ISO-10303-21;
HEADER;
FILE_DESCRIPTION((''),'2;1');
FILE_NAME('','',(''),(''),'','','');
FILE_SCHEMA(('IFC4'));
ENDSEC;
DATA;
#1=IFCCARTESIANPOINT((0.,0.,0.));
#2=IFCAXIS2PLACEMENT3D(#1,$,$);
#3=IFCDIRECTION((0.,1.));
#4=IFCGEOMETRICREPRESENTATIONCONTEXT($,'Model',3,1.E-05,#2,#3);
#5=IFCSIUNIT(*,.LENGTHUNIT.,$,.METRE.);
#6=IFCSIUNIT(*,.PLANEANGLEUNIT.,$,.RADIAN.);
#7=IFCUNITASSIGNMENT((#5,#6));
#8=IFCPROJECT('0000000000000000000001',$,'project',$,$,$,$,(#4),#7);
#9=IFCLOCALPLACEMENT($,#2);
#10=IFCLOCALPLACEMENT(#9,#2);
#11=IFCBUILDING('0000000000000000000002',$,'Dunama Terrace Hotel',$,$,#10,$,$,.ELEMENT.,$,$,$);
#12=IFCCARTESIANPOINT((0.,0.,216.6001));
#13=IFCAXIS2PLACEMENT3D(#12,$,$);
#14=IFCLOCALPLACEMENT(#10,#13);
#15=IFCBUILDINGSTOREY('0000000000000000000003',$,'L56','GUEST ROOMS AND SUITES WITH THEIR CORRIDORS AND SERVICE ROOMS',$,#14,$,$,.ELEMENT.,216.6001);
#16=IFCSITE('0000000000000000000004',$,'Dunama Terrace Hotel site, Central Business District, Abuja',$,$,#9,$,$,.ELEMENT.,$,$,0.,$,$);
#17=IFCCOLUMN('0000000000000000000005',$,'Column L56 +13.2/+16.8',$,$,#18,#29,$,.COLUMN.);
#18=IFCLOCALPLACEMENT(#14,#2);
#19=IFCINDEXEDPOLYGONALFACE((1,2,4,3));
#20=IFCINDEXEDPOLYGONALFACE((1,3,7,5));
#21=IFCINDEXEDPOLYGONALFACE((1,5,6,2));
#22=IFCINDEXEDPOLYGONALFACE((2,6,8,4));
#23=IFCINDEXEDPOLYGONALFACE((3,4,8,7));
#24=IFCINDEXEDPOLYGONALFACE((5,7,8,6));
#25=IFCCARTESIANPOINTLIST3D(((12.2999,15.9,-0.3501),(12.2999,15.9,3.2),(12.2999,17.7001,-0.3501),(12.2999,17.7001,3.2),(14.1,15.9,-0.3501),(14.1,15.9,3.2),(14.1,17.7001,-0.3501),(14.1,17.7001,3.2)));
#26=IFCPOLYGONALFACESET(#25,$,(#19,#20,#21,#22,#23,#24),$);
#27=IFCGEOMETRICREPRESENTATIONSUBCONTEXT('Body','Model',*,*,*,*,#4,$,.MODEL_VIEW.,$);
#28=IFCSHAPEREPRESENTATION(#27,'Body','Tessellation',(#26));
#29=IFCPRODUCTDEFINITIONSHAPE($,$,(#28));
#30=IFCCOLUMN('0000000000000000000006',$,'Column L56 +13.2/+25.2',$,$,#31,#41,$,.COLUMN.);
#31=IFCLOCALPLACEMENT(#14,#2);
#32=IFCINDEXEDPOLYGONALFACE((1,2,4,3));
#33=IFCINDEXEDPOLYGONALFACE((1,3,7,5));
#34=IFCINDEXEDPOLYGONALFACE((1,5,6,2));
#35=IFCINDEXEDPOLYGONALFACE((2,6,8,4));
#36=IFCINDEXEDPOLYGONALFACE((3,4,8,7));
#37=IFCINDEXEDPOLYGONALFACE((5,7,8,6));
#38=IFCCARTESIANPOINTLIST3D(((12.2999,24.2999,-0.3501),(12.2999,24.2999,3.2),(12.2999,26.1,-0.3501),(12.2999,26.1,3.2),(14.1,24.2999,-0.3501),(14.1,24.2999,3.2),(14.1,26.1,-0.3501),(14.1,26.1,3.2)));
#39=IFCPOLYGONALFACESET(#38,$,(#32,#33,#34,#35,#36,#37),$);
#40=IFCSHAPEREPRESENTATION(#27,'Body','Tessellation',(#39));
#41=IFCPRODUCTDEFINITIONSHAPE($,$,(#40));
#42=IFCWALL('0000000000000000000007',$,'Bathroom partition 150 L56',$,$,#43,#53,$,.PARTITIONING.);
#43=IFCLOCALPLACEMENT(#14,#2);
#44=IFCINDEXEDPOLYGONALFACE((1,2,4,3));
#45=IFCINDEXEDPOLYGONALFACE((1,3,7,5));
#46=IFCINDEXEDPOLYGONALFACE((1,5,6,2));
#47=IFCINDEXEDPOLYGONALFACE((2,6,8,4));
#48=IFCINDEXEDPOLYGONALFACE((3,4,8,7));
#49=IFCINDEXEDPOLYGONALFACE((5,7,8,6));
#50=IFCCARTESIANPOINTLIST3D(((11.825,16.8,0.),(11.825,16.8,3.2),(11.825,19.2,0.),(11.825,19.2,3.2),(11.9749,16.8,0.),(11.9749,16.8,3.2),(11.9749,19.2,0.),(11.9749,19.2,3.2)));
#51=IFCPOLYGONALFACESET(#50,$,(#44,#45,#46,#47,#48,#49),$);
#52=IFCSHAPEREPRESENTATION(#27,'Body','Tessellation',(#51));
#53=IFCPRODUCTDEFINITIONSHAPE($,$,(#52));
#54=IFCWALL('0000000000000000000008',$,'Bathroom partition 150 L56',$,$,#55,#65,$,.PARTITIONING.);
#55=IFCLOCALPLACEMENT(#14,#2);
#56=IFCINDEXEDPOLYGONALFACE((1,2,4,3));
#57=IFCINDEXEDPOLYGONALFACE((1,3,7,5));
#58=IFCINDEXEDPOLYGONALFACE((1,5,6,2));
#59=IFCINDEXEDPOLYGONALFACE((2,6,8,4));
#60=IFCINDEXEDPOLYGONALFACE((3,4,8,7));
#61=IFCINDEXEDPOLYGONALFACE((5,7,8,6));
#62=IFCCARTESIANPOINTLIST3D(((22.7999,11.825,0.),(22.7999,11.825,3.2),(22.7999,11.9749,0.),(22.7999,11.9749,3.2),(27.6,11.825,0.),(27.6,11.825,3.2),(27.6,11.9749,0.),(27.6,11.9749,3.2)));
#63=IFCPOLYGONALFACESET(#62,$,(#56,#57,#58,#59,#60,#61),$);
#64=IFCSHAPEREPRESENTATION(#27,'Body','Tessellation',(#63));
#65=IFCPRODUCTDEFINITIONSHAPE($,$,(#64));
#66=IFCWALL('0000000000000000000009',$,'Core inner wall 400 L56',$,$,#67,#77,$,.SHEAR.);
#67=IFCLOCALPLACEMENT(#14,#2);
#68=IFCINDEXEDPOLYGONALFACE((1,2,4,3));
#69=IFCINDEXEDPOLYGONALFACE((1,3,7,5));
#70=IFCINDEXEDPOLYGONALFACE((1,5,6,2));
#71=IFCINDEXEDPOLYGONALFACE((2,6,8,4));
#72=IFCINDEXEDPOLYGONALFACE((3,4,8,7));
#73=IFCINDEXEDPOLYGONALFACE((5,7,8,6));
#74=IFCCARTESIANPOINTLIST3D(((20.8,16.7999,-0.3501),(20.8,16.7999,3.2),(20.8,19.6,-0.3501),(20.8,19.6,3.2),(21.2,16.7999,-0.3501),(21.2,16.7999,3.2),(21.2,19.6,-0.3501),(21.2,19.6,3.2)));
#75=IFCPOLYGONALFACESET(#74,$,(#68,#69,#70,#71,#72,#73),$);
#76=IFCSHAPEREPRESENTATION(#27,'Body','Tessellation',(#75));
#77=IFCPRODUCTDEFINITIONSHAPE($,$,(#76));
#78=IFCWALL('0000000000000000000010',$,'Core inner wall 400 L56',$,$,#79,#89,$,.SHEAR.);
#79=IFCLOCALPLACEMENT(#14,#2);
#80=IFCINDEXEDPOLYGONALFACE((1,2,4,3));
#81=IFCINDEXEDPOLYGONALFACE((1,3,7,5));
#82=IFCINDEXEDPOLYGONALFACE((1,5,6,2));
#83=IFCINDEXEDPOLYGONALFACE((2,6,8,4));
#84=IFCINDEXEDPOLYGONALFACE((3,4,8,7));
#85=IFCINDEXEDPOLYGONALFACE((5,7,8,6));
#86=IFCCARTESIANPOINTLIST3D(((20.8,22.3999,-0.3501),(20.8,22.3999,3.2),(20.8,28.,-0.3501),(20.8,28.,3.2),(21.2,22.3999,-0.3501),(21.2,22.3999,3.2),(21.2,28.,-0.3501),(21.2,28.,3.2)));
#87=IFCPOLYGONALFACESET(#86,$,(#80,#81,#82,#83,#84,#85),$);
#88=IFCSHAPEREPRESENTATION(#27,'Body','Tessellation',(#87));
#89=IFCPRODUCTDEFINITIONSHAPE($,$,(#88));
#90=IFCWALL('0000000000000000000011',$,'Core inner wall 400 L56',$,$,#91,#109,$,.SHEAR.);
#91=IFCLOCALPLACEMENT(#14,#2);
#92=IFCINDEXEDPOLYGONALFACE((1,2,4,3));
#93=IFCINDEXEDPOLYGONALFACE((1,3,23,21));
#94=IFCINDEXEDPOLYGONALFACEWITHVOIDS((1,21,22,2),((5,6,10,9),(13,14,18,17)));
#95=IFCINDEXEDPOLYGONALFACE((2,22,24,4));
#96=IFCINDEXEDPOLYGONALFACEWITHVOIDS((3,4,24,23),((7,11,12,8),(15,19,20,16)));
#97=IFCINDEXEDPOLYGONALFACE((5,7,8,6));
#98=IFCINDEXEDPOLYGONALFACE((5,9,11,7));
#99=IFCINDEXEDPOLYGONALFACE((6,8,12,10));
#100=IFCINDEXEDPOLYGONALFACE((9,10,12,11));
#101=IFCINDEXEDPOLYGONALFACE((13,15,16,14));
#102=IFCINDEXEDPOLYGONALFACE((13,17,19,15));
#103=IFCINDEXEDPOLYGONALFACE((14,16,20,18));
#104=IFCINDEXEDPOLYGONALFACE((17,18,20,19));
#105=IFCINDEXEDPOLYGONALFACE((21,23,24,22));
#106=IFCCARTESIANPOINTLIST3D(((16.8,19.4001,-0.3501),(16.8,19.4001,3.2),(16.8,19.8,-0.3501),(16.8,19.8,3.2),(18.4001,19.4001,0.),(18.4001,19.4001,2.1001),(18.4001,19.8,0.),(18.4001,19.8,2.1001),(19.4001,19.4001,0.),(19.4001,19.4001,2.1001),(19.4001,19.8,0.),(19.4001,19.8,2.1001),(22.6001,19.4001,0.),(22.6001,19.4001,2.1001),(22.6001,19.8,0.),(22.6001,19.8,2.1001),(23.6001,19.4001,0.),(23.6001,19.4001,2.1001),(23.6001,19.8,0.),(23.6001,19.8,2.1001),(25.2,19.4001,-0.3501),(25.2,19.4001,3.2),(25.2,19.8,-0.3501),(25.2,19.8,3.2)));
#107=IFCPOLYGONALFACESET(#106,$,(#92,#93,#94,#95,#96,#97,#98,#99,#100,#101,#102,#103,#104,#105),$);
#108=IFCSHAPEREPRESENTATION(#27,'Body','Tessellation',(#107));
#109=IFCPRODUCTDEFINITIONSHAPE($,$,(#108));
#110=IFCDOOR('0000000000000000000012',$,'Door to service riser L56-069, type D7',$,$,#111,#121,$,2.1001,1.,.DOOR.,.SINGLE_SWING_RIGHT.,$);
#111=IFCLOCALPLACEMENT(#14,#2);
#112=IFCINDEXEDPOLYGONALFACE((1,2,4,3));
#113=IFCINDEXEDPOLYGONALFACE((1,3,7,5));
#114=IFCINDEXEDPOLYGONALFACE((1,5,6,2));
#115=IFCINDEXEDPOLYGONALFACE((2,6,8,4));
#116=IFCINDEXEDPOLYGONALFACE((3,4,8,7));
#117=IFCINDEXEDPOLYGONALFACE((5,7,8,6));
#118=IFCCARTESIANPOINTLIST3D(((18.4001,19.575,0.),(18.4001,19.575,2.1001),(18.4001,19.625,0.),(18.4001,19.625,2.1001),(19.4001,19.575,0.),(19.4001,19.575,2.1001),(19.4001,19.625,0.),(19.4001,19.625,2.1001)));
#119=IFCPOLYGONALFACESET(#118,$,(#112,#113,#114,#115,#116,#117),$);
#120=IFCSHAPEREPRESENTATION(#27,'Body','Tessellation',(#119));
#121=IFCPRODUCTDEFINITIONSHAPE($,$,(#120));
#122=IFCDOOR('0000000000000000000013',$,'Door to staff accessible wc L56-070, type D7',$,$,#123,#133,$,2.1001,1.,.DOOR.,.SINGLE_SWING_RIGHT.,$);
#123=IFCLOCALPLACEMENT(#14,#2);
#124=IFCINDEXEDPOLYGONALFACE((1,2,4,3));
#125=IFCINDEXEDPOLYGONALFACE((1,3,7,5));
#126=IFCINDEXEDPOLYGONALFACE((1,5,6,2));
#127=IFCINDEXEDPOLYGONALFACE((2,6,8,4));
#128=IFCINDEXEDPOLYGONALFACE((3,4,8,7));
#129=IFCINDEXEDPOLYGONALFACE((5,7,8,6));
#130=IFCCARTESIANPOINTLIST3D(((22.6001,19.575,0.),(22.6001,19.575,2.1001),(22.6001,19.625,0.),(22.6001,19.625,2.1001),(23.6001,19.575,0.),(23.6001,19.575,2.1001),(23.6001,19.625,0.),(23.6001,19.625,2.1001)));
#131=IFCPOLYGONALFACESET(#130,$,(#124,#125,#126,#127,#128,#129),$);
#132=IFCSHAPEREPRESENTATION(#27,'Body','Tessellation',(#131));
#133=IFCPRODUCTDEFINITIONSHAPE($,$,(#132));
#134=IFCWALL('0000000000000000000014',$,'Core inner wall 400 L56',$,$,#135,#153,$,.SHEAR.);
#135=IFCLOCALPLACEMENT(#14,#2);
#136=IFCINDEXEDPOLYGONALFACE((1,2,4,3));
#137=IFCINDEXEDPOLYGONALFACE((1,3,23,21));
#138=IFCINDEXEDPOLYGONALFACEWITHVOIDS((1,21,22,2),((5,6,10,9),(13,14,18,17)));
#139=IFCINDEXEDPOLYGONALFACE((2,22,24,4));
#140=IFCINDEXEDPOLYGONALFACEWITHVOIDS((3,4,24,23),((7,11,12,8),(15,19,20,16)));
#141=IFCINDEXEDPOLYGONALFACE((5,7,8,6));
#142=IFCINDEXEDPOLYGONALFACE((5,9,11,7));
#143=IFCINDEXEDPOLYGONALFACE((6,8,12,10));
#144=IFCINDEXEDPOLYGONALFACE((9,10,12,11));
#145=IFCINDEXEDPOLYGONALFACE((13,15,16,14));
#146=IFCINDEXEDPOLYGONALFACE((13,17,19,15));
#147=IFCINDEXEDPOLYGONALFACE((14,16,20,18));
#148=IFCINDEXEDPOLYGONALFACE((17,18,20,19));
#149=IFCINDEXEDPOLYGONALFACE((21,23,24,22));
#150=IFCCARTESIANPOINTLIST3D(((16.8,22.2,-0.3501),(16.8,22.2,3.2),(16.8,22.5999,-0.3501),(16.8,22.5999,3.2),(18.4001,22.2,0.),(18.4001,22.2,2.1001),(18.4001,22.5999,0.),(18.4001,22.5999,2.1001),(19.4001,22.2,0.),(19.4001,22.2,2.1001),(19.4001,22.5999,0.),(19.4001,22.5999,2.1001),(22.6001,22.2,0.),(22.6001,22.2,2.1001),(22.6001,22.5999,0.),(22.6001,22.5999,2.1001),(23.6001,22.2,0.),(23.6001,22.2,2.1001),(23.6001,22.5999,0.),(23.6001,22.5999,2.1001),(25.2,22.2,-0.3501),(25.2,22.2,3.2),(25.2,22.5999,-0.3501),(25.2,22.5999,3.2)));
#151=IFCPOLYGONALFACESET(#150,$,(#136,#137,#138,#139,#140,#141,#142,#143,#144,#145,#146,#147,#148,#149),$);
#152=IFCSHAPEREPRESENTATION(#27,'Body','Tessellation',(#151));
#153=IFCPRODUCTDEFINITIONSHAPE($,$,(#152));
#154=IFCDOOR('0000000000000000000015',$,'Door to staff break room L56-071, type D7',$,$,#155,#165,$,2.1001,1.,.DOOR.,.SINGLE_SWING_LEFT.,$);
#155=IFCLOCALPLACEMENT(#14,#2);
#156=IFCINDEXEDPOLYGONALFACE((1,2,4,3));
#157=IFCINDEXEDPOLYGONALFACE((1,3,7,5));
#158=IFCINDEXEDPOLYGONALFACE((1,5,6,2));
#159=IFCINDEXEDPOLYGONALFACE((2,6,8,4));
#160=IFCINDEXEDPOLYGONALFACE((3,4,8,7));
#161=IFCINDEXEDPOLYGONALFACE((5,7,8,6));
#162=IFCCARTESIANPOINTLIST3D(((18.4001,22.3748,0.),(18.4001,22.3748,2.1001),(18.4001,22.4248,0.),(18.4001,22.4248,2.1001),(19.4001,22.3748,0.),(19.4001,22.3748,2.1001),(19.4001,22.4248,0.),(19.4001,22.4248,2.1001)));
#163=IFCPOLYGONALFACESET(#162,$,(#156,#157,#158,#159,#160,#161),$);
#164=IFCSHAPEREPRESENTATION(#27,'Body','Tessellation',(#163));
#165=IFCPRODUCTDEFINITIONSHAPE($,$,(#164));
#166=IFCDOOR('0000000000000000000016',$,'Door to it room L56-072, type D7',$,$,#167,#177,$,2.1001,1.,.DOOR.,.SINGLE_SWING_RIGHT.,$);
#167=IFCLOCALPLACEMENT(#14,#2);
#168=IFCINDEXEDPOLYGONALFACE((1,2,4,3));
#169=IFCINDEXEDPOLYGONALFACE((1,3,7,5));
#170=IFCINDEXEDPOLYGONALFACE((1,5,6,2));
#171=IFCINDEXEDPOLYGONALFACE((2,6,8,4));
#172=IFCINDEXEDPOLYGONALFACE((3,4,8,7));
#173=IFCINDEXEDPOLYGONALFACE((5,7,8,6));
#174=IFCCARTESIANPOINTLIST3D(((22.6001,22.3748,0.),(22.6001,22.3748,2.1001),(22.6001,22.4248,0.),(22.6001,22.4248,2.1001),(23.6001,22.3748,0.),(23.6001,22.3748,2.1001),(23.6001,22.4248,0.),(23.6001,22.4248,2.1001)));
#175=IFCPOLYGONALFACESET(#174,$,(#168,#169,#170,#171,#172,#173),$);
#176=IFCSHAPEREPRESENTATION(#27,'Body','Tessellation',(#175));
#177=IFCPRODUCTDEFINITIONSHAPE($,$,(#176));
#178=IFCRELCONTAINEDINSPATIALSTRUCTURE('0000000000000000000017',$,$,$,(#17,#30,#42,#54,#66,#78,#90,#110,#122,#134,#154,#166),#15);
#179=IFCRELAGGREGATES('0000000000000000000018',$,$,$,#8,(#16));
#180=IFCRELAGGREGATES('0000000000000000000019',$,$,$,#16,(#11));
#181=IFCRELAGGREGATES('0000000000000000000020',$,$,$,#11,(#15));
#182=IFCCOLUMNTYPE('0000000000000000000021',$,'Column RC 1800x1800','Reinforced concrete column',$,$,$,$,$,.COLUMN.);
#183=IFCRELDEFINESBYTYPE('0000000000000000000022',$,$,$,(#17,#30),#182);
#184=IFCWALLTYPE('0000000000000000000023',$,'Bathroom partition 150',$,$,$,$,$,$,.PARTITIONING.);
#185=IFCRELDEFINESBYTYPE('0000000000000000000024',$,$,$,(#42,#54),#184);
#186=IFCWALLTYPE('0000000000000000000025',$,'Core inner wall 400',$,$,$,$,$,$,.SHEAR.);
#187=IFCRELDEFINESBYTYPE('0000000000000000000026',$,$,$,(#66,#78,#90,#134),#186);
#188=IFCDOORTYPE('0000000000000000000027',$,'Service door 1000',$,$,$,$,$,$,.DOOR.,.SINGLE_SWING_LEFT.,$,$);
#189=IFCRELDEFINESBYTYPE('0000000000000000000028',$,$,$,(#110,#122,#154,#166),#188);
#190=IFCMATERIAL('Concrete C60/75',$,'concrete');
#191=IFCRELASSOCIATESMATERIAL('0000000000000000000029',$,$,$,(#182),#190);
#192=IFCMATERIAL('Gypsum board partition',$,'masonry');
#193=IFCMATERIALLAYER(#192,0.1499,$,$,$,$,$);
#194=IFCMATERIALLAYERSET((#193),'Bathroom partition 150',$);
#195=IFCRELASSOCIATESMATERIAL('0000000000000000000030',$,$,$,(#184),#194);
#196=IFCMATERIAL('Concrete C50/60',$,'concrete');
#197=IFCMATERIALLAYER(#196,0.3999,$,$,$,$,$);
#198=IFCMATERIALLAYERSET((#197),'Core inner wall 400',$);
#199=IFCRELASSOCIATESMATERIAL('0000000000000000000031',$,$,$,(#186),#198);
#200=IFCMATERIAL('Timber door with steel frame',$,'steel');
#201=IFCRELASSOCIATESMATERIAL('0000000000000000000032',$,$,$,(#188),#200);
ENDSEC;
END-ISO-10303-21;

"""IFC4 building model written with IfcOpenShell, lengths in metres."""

from ifc_helpers import new_model, si_unit, direction, frame, frame_2d, origin, origin_2d, place, context, subcontext, project, spatial, rectangle, extrude, material, layer, layer_set, material_profile, profile_set, type_object, element, fill, save


model = new_model("IFC4")

# Units and contexts
model_context = context("Model", 3, precision=1e-05, world=origin(), true_north=direction((0.0, 1.0)))
body_context = subcontext(model_context, "Body", "Model", "MODEL_VIEW")
ifc_project = project(units=[si_unit("LENGTHUNIT", "METRE"), si_unit("PLANEANGLEUNIT", "RADIAN")], contexts=[model_context])

# Site, building, storey
site_placement = place(None, origin())
site = spatial("IfcSite", under=ifc_project, at=site_placement, Name="Dunama Terrace Hotel site, Central Business District, Abuja", CompositionType="ELEMENT", RefElevation=0.0)
building_placement = place(site_placement, origin())
building = spatial("IfcBuilding", under=site, at=building_placement, Name="Dunama Terrace Hotel", CompositionType="ELEMENT")
storey_placement = place(building_placement, frame((0.0, 0.0, 216.6001)))
storey = spatial("IfcBuildingStorey", under=building, at=storey_placement, Name="L56", Description="GUEST ROOMS AND SUITES WITH THEIR CORRIDORS AND SERVICE ROOMS", CompositionType="ELEMENT", Elevation=216.6001)

# Columns
ifc_material_1 = material(Name="Concrete C60/75", Category="concrete")
ifc_material_profile = material_profile(ifc_material_1, rectangle(XDim=1.8, YDim=1.8, at=origin_2d()), Name="RC 1800x1800")
ifc_profile_set = profile_set([ifc_material_profile], Name="Concrete C60/75")
column_type = type_object("IfcColumnType", Name="Column RC 1800x1800", Description="Reinforced concrete column", PredefinedType="COLUMN", material=ifc_profile_set)
for number, where, z_axis, x_axis, name in (
    (1, (13.2, 16.8, -0.3501), (0.0, 0.0, 1.0), (1.0, 0.0, 0.0), "Column L56 +13.2/+16.8"),
    (2, (13.2, 25.2, -0.3501), (0.0, 0.0, 1.0), (1.0, 0.0, 0.0), "Column L56 +13.2/+25.2"),
):
    element("IfcColumn", number, at=place(storey_placement, frame(where, z_axis=z_axis, x_axis=x_axis)), inside=storey, type_object=column_type, Name=name, PredefinedType="COLUMN", context=body_context, shape_type="SweptSolid", body=[
        extrude(rectangle(XDim=1.8, YDim=1.8, at=origin_2d()), origin(), (0.0, 0.0, 1.0), 3.55),
    ])

# Walls
ifc_material_2 = material(Name="Gypsum board partition", Category="masonry")
ifc_layer_1 = layer(ifc_material_2, 0.1499)
ifc_layer_set_1 = layer_set([ifc_layer_1], Name="Bathroom partition 150")
wall_type_1 = type_object("IfcWallType", Name="Bathroom partition 150", PredefinedType="PARTITIONING", material=ifc_layer_set_1)
wall_1_placement = place(storey_placement, frame((11.8999, 16.8, 0.0), z_axis=(0.0, 0.0, 1.0), x_axis=(0.0, 1.0, 0.0)))
element("IfcWall", 3, at=wall_1_placement, inside=storey, type_object=wall_type_1, Name="Bathroom partition 150 L56", PredefinedType="PARTITIONING", context=body_context, shape_type="SweptSolid", body=[
    extrude(rectangle(XDim=2.3999, YDim=0.1499, at=frame_2d((1.2, 0.0))), origin(), (0.0, 0.0, 1.0), 3.2),
])
wall_2_placement = place(storey_placement, frame((22.8, 11.8999, 0.0), z_axis=(0.0, 0.0, 1.0), x_axis=(1.0, 0.0, 0.0)))
element("IfcWall", 4, at=wall_2_placement, inside=storey, type_object=wall_type_1, Name="Bathroom partition 150 L56", PredefinedType="PARTITIONING", context=body_context, shape_type="SweptSolid", body=[
    extrude(rectangle(XDim=4.8, YDim=0.1499, at=frame_2d((2.3999, 0.0))), origin(), (0.0, 0.0, 1.0), 3.2),
])
ifc_material_3 = material(Name="Concrete C50/60", Category="concrete")
ifc_layer_2 = layer(ifc_material_3, 0.3999)
ifc_layer_set_2 = layer_set([ifc_layer_2], Name="Core inner wall 400")
wall_type_2 = type_object("IfcWallType", Name="Core inner wall 400", PredefinedType="SHEAR", material=ifc_layer_set_2)
wall_3_placement = place(storey_placement, frame((21.0, 16.8, -0.3501), z_axis=(0.0, 0.0, 1.0), x_axis=(0.0, 1.0, 0.0)))
element("IfcWall", 5, at=wall_3_placement, inside=storey, type_object=wall_type_2, Name="Core inner wall 400 L56", PredefinedType="SHEAR", context=body_context, shape_type="SweptSolid", body=[
    extrude(rectangle(XDim=2.8, YDim=0.3999, at=frame_2d((1.3999, 0.0))), origin(), (0.0, 0.0, 1.0), 3.55),
])
wall_4_placement = place(storey_placement, frame((21.0, 22.3999, -0.3501), z_axis=(0.0, 0.0, 1.0), x_axis=(0.0, 1.0, 0.0)))
element("IfcWall", 6, at=wall_4_placement, inside=storey, type_object=wall_type_2, Name="Core inner wall 400 L56", PredefinedType="SHEAR", context=body_context, shape_type="SweptSolid", body=[
    extrude(rectangle(XDim=5.6001, YDim=0.3999, at=frame_2d((2.8, 0.0))), origin(), (0.0, 0.0, 1.0), 3.55),
])

# Walls, openings, doors
wall_5_placement = place(storey_placement, frame((16.8, 19.6001, -0.3501), z_axis=(0.0, 0.0, 1.0), x_axis=(1.0, 0.0, 0.0)))
wall_5 = element("IfcWall", 7, at=wall_5_placement, inside=storey, type_object=wall_type_2, Name="Core inner wall 400 L56", PredefinedType="SHEAR", context=body_context, shape_type="SweptSolid", body=[
    extrude(rectangle(XDim=8.3999, YDim=0.3999, at=frame_2d((4.2, 0.0))), origin(), (0.0, 0.0, 1.0), 3.55),
])
opening_1_placement = place(wall_5_placement, frame((1.6001, 0.0, 0.3501)))
opening_1 = element("IfcOpeningElement", 8, at=opening_1_placement, cuts=wall_5, PredefinedType="OPENING", context=body_context, shape_type="SweptSolid", body=[
    extrude(rectangle(XDim=1.0, YDim=2.1001, at=frame_2d((0.5, 1.05))), frame((0.0, 0.21, 0.0), z_axis=(0.0, -1.0, 0.0), x_axis=(1.0, 0.0, 0.0)), (0.0, 0.0, 1.0), 0.4199),
])
opening_2_placement = place(wall_5_placement, frame((5.8, 0.0, 0.3501)))
opening_2 = element("IfcOpeningElement", 9, at=opening_2_placement, cuts=wall_5, PredefinedType="OPENING", context=body_context, shape_type="SweptSolid", body=[
    extrude(rectangle(XDim=1.0, YDim=2.1001, at=frame_2d((0.5, 1.05))), frame((0.0, 0.21, 0.0), z_axis=(0.0, -1.0, 0.0), x_axis=(1.0, 0.0, 0.0)), (0.0, 0.0, 1.0), 0.4199),
])
ifc_material_4 = material(Name="Timber door with steel frame", Category="steel")
door_type_1 = type_object("IfcDoorType", Name="Service door 1000", OperationType="SINGLE_SWING_LEFT", PredefinedType="DOOR", material=ifc_material_4)
door_1_placement = place(opening_1_placement, frame((1.0, 0.0, 0.0), z_axis=(0.0, 0.0, 1.0), x_axis=(-1.0, 0.0, 0.0)))
door_1 = element("IfcDoor", 10, at=door_1_placement, inside=storey, type_object=door_type_1, Name="Door to service riser L56-069, type D7", OperationType="SINGLE_SWING_RIGHT", OverallHeight=2.1001, OverallWidth=1.0, PredefinedType="DOOR", context=body_context, shape_type="SweptSolid", body=[
    extrude(rectangle(XDim=1.0, YDim=2.1001, at=frame_2d((0.5, 1.05))), frame((0.0, 0.0251, 0.0), z_axis=(0.0, -1.0, 0.0), x_axis=(1.0, 0.0, 0.0)), (0.0, 0.0, 1.0), 0.05),
])
fill(opening_1, door_1)
door_2_placement = place(opening_2_placement, frame((1.0, 0.0, 0.0), z_axis=(0.0, 0.0, 1.0), x_axis=(-1.0, 0.0, 0.0)))
door_2 = element("IfcDoor", 11, at=door_2_placement, inside=storey, type_object=door_type_1, Name="Door to staff accessible wc L56-070, type D7", OperationType="SINGLE_SWING_RIGHT", OverallHeight=2.1001, OverallWidth=1.0, PredefinedType="DOOR", context=body_context, shape_type="SweptSolid", body=[
    extrude(rectangle(XDim=1.0, YDim=2.1001, at=frame_2d((0.5, 1.05))), frame((0.0, 0.0251, 0.0), z_axis=(0.0, -1.0, 0.0), x_axis=(1.0, 0.0, 0.0)), (0.0, 0.0, 1.0), 0.05),
])
fill(opening_2, door_2)
wall_6_placement = place(storey_placement, frame((16.8, 22.3999, -0.3501), z_axis=(0.0, 0.0, 1.0), x_axis=(1.0, 0.0, 0.0)))
wall_6 = element("IfcWall", 12, at=wall_6_placement, inside=storey, type_object=wall_type_2, Name="Core inner wall 400 L56", PredefinedType="SHEAR", context=body_context, shape_type="SweptSolid", body=[
    extrude(rectangle(XDim=8.3999, YDim=0.3999, at=frame_2d((4.2, 0.0))), origin(), (0.0, 0.0, 1.0), 3.55),
])
opening_3_placement = place(wall_6_placement, frame((1.6001, 0.0, 0.3501)))
opening_3 = element("IfcOpeningElement", 13, at=opening_3_placement, cuts=wall_6, PredefinedType="OPENING", context=body_context, shape_type="SweptSolid", body=[
    extrude(rectangle(XDim=1.0, YDim=2.1001, at=frame_2d((0.5, 1.05))), frame((0.0, 0.21, 0.0), z_axis=(0.0, -1.0, 0.0), x_axis=(1.0, 0.0, 0.0)), (0.0, 0.0, 1.0), 0.4199),
])
opening_4_placement = place(wall_6_placement, frame((5.8, 0.0, 0.3501)))
opening_4 = element("IfcOpeningElement", 14, at=opening_4_placement, cuts=wall_6, PredefinedType="OPENING", context=body_context, shape_type="SweptSolid", body=[
    extrude(rectangle(XDim=1.0, YDim=2.1001, at=frame_2d((0.5, 1.05))), frame((0.0, 0.21, 0.0), z_axis=(0.0, -1.0, 0.0), x_axis=(1.0, 0.0, 0.0)), (0.0, 0.0, 1.0), 0.4199),
])
door_3_placement = place(opening_3_placement, origin())
door_3 = element("IfcDoor", 15, at=door_3_placement, inside=storey, type_object=door_type_1, Name="Door to staff break room L56-071, type D7", OperationType="SINGLE_SWING_LEFT", OverallHeight=2.1001, OverallWidth=1.0, PredefinedType="DOOR", context=body_context, shape_type="SweptSolid", body=[
    extrude(rectangle(XDim=1.0, YDim=2.1001, at=frame_2d((0.5, 1.05))), frame((0.0, 0.0249, 0.0), z_axis=(0.0, -1.0, 0.0), x_axis=(1.0, 0.0, 0.0)), (0.0, 0.0, 1.0), 0.05),
])
fill(opening_3, door_3)
door_4_placement = place(opening_4_placement, origin())
door_4 = element("IfcDoor", 16, at=door_4_placement, inside=storey, type_object=door_type_1, Name="Door to it room L56-072, type D7", OperationType="SINGLE_SWING_RIGHT", OverallHeight=2.1001, OverallWidth=1.0, PredefinedType="DOOR", context=body_context, shape_type="SweptSolid", body=[
    extrude(rectangle(XDim=1.0, YDim=2.1001, at=frame_2d((0.5, 1.05))), frame((0.0, 0.0249, 0.0), z_axis=(0.0, -1.0, 0.0), x_axis=(1.0, 0.0, 0.0)), (0.0, 0.0, 1.0), 0.05),
])
fill(opening_4, door_4)

save(model, "model.ifc")
